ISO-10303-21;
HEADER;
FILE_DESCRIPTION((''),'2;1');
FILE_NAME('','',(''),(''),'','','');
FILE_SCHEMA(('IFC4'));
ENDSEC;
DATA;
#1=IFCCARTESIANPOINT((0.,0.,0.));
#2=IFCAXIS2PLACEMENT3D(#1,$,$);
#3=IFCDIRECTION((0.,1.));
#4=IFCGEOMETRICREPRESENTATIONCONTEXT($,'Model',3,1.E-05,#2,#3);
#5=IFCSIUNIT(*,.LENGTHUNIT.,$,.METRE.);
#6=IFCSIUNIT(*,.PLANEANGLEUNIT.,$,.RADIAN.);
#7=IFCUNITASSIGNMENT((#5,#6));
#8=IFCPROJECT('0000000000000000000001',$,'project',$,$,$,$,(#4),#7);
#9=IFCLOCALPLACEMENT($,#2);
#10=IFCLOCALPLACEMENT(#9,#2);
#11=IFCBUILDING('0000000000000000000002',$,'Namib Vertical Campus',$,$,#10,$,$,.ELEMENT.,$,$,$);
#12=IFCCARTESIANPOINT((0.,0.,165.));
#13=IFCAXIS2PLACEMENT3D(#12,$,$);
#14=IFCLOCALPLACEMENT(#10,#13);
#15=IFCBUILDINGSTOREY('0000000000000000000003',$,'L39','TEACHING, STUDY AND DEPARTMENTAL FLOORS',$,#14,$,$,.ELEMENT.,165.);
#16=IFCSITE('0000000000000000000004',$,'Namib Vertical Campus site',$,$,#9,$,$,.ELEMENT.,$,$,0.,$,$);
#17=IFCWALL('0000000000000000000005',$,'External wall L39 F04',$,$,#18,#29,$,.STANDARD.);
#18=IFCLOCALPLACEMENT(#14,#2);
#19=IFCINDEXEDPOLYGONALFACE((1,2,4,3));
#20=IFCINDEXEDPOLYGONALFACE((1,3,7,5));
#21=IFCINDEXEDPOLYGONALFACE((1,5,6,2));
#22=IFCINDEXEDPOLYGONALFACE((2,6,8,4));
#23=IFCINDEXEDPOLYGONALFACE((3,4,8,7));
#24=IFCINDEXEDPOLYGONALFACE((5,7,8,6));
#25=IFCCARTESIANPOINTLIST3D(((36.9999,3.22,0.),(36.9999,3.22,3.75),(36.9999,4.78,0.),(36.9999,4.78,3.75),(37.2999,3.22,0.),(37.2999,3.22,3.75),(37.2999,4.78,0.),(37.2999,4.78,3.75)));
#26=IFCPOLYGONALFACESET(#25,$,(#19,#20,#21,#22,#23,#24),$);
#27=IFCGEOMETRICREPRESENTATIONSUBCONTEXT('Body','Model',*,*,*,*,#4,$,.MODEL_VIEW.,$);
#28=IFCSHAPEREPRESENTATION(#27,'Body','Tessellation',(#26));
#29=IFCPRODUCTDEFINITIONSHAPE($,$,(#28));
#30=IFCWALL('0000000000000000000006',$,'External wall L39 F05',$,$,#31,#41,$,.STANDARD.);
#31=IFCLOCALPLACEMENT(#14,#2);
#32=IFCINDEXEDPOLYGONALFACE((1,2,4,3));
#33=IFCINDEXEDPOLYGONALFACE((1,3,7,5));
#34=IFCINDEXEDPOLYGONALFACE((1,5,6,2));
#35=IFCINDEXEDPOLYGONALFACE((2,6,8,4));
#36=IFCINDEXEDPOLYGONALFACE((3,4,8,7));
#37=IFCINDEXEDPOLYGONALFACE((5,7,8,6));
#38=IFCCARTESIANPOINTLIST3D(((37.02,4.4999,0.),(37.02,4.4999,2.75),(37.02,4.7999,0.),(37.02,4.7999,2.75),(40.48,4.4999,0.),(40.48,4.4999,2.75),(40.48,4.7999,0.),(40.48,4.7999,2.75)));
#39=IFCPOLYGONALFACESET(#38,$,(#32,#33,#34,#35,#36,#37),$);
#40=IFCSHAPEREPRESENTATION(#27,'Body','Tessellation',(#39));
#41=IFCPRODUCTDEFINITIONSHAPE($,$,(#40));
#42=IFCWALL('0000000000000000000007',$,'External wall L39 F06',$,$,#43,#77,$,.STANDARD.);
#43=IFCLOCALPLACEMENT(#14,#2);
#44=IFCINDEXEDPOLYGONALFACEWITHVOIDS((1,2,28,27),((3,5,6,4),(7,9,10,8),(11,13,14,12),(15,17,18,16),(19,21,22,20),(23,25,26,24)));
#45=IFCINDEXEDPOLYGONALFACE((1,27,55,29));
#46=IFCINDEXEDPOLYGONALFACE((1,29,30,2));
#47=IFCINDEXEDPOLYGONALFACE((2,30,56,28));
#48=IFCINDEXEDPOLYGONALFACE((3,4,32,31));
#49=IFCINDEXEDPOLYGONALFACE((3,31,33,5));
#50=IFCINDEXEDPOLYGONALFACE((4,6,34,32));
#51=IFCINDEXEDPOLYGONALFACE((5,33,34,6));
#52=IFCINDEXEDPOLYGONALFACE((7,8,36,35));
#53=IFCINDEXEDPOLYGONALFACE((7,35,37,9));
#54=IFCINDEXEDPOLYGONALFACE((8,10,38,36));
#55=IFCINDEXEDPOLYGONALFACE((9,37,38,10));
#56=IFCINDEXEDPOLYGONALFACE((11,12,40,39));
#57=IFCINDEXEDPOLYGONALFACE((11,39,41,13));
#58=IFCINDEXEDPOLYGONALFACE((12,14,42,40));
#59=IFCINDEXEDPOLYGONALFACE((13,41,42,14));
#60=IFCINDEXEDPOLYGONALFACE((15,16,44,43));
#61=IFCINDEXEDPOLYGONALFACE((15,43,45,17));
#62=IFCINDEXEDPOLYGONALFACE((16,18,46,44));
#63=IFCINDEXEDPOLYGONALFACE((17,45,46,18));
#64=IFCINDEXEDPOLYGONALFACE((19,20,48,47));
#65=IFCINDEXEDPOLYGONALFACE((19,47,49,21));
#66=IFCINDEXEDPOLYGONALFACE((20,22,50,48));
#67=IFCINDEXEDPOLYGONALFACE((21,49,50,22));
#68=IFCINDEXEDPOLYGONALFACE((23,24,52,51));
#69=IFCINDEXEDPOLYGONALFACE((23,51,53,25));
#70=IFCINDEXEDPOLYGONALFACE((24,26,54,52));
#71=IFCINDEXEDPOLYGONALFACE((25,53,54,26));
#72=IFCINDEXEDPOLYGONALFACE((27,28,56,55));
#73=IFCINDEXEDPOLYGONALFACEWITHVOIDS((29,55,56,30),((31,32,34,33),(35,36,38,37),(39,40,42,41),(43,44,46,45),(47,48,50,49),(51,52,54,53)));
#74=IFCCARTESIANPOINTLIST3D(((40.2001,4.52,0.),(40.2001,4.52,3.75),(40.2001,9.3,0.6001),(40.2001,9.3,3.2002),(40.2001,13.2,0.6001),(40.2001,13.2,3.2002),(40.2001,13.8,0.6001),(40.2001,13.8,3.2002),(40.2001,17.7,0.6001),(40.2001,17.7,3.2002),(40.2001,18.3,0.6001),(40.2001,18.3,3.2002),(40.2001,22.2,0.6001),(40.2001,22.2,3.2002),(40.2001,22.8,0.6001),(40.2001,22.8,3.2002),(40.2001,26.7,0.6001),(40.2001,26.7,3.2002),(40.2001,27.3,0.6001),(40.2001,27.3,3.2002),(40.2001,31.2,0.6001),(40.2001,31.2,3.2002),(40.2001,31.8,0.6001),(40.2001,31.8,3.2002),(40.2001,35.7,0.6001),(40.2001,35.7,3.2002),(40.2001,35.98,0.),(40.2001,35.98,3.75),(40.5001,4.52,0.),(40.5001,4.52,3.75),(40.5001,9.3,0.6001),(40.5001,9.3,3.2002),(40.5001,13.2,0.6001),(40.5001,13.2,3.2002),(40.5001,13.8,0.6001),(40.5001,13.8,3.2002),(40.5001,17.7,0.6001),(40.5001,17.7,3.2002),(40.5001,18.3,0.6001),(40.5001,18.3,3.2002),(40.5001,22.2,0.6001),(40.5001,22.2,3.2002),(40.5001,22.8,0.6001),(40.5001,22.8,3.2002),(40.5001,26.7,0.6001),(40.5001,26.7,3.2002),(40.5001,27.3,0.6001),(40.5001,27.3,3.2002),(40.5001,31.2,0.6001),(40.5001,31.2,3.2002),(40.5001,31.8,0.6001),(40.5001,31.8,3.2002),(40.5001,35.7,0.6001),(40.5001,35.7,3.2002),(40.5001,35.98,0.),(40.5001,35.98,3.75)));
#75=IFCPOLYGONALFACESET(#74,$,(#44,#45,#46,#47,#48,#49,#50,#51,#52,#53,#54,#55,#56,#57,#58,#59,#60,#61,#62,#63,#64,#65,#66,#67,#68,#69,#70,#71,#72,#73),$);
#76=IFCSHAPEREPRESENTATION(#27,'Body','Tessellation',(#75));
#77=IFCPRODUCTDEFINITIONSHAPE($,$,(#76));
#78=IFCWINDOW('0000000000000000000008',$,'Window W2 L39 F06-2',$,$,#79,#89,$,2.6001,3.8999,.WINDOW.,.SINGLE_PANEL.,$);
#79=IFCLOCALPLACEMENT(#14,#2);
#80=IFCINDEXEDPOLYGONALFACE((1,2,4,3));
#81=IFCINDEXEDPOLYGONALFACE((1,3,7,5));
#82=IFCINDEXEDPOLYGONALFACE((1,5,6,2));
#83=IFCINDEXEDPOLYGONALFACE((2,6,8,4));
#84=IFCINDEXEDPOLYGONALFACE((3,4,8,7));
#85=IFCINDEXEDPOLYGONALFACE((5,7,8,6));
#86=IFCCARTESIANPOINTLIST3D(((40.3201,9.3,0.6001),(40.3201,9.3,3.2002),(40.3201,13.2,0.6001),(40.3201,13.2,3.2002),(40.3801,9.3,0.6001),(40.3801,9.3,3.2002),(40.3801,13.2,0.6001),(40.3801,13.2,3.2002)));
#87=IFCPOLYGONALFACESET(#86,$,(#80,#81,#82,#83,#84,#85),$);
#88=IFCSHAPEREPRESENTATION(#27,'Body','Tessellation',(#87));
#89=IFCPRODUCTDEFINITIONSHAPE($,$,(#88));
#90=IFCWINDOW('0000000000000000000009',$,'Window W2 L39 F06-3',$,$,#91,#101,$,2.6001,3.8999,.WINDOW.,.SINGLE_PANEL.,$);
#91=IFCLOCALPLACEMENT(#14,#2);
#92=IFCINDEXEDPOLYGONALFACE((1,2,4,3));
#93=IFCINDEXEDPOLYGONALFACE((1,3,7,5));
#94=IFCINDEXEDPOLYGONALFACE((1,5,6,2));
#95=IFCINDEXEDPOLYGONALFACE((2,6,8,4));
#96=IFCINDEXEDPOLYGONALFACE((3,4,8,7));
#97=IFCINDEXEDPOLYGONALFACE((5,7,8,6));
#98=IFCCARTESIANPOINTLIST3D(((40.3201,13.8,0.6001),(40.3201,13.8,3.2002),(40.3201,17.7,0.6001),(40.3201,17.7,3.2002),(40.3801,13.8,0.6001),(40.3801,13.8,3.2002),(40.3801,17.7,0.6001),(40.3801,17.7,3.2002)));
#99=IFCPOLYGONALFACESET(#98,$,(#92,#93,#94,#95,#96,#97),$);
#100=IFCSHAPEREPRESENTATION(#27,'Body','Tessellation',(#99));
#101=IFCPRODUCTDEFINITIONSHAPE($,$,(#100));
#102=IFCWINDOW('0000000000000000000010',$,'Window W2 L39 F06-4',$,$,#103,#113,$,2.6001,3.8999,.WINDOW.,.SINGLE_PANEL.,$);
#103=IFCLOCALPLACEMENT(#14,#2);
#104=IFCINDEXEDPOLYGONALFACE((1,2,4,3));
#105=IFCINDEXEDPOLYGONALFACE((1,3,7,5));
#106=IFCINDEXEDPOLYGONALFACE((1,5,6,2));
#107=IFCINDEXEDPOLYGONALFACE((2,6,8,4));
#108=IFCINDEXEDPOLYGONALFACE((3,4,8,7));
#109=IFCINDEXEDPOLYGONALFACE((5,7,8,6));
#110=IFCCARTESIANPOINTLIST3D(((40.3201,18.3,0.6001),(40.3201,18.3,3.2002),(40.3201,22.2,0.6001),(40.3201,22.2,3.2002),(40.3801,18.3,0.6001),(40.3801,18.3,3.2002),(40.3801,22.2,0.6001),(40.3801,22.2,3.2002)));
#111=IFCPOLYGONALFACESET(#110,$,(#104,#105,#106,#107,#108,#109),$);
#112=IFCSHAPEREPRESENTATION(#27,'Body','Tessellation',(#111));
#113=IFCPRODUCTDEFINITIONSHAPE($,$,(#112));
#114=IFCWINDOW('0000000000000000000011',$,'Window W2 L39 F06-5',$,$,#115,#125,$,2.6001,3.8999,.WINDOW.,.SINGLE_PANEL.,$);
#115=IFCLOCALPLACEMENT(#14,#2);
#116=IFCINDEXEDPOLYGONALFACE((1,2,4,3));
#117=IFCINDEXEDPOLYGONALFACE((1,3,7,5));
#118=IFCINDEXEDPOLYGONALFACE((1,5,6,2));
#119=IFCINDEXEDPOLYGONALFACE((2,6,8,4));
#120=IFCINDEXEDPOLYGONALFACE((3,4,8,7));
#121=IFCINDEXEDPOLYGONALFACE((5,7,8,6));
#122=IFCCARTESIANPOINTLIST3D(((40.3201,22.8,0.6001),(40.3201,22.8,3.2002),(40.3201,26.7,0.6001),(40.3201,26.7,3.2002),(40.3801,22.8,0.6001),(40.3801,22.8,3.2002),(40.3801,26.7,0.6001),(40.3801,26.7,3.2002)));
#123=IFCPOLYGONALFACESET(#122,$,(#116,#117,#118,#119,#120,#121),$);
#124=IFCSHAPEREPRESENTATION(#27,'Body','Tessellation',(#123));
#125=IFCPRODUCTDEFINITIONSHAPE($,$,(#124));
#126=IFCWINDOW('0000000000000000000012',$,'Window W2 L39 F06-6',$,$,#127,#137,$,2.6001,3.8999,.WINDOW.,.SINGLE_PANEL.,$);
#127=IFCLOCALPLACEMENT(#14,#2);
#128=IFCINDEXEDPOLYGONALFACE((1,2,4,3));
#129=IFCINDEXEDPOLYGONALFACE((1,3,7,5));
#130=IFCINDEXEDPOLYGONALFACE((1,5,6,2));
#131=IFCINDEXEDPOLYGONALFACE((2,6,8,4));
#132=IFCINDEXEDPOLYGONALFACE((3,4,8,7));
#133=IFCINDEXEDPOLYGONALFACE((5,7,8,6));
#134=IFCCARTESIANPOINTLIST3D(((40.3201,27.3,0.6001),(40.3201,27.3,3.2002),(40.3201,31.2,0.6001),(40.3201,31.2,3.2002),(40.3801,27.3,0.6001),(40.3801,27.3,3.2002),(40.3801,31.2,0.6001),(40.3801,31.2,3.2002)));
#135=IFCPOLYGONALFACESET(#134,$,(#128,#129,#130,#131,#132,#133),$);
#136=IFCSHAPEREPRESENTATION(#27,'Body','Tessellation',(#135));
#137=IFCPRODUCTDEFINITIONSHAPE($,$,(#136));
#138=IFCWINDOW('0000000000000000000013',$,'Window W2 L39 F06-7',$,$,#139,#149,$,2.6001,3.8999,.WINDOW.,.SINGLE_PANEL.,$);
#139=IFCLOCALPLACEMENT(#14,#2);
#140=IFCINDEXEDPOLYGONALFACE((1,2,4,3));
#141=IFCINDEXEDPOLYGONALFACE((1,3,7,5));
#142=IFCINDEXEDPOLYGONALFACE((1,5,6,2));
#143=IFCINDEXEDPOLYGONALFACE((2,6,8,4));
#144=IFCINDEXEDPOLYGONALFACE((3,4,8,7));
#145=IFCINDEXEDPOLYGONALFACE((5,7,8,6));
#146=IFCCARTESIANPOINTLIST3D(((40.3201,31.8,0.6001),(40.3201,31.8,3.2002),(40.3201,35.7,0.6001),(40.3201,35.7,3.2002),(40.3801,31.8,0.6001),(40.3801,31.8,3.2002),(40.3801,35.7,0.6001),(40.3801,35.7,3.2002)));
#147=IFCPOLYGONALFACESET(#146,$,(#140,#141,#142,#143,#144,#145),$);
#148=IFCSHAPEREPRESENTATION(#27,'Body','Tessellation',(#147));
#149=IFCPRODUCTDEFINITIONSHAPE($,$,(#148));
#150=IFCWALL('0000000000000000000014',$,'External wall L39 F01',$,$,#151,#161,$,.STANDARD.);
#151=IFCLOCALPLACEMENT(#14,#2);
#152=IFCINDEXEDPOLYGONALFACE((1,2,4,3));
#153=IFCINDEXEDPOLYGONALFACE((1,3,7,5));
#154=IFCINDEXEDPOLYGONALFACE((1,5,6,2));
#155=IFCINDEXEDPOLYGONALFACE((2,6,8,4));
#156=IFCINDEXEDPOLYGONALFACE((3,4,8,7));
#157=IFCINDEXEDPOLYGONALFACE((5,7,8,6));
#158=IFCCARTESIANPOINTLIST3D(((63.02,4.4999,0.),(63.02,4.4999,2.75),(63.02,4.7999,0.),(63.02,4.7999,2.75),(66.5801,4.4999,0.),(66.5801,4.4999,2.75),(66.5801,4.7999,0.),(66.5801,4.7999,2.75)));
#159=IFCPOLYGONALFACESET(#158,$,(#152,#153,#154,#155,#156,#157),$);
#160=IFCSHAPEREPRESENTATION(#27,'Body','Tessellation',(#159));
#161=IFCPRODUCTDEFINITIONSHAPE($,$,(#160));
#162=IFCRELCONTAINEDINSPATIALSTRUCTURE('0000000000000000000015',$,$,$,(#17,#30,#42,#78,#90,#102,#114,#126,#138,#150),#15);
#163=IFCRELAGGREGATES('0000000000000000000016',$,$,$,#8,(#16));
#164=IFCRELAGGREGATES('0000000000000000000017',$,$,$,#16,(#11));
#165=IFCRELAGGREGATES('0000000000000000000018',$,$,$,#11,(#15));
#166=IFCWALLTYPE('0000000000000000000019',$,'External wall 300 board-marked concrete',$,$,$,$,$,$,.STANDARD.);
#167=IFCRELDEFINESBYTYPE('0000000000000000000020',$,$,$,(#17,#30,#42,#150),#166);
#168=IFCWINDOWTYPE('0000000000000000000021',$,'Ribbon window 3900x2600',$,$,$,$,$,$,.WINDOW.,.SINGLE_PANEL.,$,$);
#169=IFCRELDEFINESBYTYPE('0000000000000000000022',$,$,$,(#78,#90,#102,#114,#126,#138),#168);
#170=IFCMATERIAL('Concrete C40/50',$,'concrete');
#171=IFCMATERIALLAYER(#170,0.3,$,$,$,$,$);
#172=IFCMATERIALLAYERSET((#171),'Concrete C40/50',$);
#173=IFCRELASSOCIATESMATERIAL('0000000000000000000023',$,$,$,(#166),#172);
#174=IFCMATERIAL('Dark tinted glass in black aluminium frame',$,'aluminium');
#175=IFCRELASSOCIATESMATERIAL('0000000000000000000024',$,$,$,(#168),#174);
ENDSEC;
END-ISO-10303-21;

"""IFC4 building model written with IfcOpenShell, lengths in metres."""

from ifc_helpers import new_model, si_unit, direction, frame, frame_2d, origin, place, context, subcontext, project, spatial, rectangle, extrude, material, layer, layer_set, type_object, element, fill, save


model = new_model("IFC4")

# Units and contexts
model_context = context("Model", 3, precision=1e-05, world=origin(), true_north=direction((0.0, 1.0)))
body_context = subcontext(model_context, "Body", "Model", "MODEL_VIEW")
ifc_project = project(units=[si_unit("LENGTHUNIT", "METRE"), si_unit("PLANEANGLEUNIT", "RADIAN")], contexts=[model_context])

# Site, building, storey
site_placement = place(None, origin())
site = spatial("IfcSite", under=ifc_project, at=site_placement, Name="Namib Vertical Campus site", CompositionType="ELEMENT", RefElevation=0.0)
building_placement = place(site_placement, origin())
building = spatial("IfcBuilding", under=site, at=building_placement, Name="Namib Vertical Campus", CompositionType="ELEMENT")
storey_placement = place(building_placement, frame((0.0, 0.0, 165.0)))
storey = spatial("IfcBuildingStorey", under=building, at=storey_placement, Name="L39", Description="TEACHING, STUDY AND DEPARTMENTAL FLOORS", CompositionType="ELEMENT", Elevation=165.0)

# Walls
ifc_material_1 = material(Name="Concrete C40/50", Category="concrete")
ifc_layer_1 = layer(ifc_material_1, 0.3)
ifc_layer_set_1 = layer_set([ifc_layer_1], Name="Concrete C40/50")
wall_type_1 = type_object("IfcWallType", Name="External wall 300 board-marked concrete", PredefinedType="STANDARD", material=ifc_layer_set_1)
wall_1_placement = place(storey_placement, frame((37.1499, 3.22, 0.0), z_axis=(0.0, 0.0, 1.0), x_axis=(0.0, 1.0, 0.0)))
element("IfcWall", 1, at=wall_1_placement, inside=storey, type_object=wall_type_1, Name="External wall L39 F04", PredefinedType="STANDARD", context=body_context, shape_type="SweptSolid", body=[
    extrude(rectangle(XDim=1.5601, YDim=0.3, at=frame_2d((0.78, 0.0))), origin(), (0.0, 0.0, 1.0), 3.75),
])
wall_2_placement = place(storey_placement, frame((37.02, 4.6499, 0.0), z_axis=(0.0, 0.0, 1.0), x_axis=(1.0, 0.0, 0.0)))
element("IfcWall", 2, at=wall_2_placement, inside=storey, type_object=wall_type_1, Name="External wall L39 F05", PredefinedType="STANDARD", context=body_context, shape_type="SweptSolid", body=[
    extrude(rectangle(XDim=3.46, YDim=0.3, at=frame_2d((1.73, 0.0))), origin(), (0.0, 0.0, 1.0), 2.75),
])

# Wall, openings, windows
wall_3_placement = place(storey_placement, frame((40.3501, 4.52, 0.0), z_axis=(0.0, 0.0, 1.0), x_axis=(0.0, 1.0, 0.0)))
wall_3 = element("IfcWall", 3, at=wall_3_placement, inside=storey, type_object=wall_type_1, Name="External wall L39 F06", PredefinedType="STANDARD", context=body_context, shape_type="SweptSolid", body=[
    extrude(rectangle(XDim=31.46, YDim=0.3, at=frame_2d((15.73, 0.0))), origin(), (0.0, 0.0, 1.0), 3.75),
])
opening_1_placement = place(wall_3_placement, frame((4.78, 0.0, 0.6001)))
opening_1 = element("IfcOpeningElement", 4, at=opening_1_placement, cuts=wall_3, PredefinedType="OPENING", context=body_context, shape_type="SweptSolid", body=[
    extrude(rectangle(XDim=3.8999, YDim=2.6001, at=frame_2d((1.95, 1.3))), frame((0.0, 0.1599, 0.0), z_axis=(0.0, -1.0, 0.0), x_axis=(1.0, 0.0, 0.0)), (0.0, 0.0, 1.0), 0.3201),
])
opening_2_placement = place(wall_3_placement, frame((9.28, 0.0, 0.6001)))
opening_2 = element("IfcOpeningElement", 5, at=opening_2_placement, cuts=wall_3, PredefinedType="OPENING", context=body_context, shape_type="SweptSolid", body=[
    extrude(rectangle(XDim=3.8999, YDim=2.6001, at=frame_2d((1.95, 1.3))), frame((0.0, 0.1599, 0.0), z_axis=(0.0, -1.0, 0.0), x_axis=(1.0, 0.0, 0.0)), (0.0, 0.0, 1.0), 0.3201),
])
opening_3_placement = place(wall_3_placement, frame((13.78, 0.0, 0.6001)))
opening_3 = element("IfcOpeningElement", 6, at=opening_3_placement, cuts=wall_3, PredefinedType="OPENING", context=body_context, shape_type="SweptSolid", body=[
    extrude(rectangle(XDim=3.8999, YDim=2.6001, at=frame_2d((1.95, 1.3))), frame((0.0, 0.1599, 0.0), z_axis=(0.0, -1.0, 0.0), x_axis=(1.0, 0.0, 0.0)), (0.0, 0.0, 1.0), 0.3201),
])
opening_4_placement = place(wall_3_placement, frame((18.28, 0.0, 0.6001)))
opening_4 = element("IfcOpeningElement", 7, at=opening_4_placement, cuts=wall_3, PredefinedType="OPENING", context=body_context, shape_type="SweptSolid", body=[
    extrude(rectangle(XDim=3.8999, YDim=2.6001, at=frame_2d((1.95, 1.3))), frame((0.0, 0.1599, 0.0), z_axis=(0.0, -1.0, 0.0), x_axis=(1.0, 0.0, 0.0)), (0.0, 0.0, 1.0), 0.3201),
])
opening_5_placement = place(wall_3_placement, frame((22.78, 0.0, 0.6001)))
opening_5 = element("IfcOpeningElement", 8, at=opening_5_placement, cuts=wall_3, PredefinedType="OPENING", context=body_context, shape_type="SweptSolid", body=[
    extrude(rectangle(XDim=3.8999, YDim=2.6001, at=frame_2d((1.95, 1.3))), frame((0.0, 0.1599, 0.0), z_axis=(0.0, -1.0, 0.0), x_axis=(1.0, 0.0, 0.0)), (0.0, 0.0, 1.0), 0.3201),
])
opening_6_placement = place(wall_3_placement, frame((27.28, 0.0, 0.6001)))
opening_6 = element("IfcOpeningElement", 9, at=opening_6_placement, cuts=wall_3, PredefinedType="OPENING", context=body_context, shape_type="SweptSolid", body=[
    extrude(rectangle(XDim=3.8999, YDim=2.6001, at=frame_2d((1.95, 1.3))), frame((0.0, 0.1599, 0.0), z_axis=(0.0, -1.0, 0.0), x_axis=(1.0, 0.0, 0.0)), (0.0, 0.0, 1.0), 0.3201),
])
ifc_material_2 = material(Name="Dark tinted glass in black aluminium frame", Category="aluminium")
window_type = type_object("IfcWindowType", Name="Ribbon window 3900x2600", PartitioningType="SINGLE_PANEL", PredefinedType="WINDOW", material=ifc_material_2)
window_1_placement = place(opening_1_placement, origin())
window_1 = element("IfcWindow", 10, at=window_1_placement, inside=storey, type_object=window_type, Name="Window W2 L39 F06-2", OverallHeight=2.6001, OverallWidth=3.8999, PartitioningType="SINGLE_PANEL", PredefinedType="WINDOW", context=body_context, shape_type="SweptSolid", body=[
    extrude(rectangle(XDim=3.8999, YDim=2.6001, at=frame_2d((1.95, 1.3))), frame((0.0, 0.03, 0.0), z_axis=(0.0, -1.0, 0.0), x_axis=(1.0, 0.0, 0.0)), (0.0, 0.0, 1.0), 0.0601),
])
fill(opening_1, window_1)
window_2_placement = place(opening_2_placement, origin())
window_2 = element("IfcWindow", 11, at=window_2_placement, inside=storey, type_object=window_type, Name="Window W2 L39 F06-3", OverallHeight=2.6001, OverallWidth=3.8999, PartitioningType="SINGLE_PANEL", PredefinedType="WINDOW", context=body_context, shape_type="SweptSolid", body=[
    extrude(rectangle(XDim=3.8999, YDim=2.6001, at=frame_2d((1.95, 1.3))), frame((0.0, 0.03, 0.0), z_axis=(0.0, -1.0, 0.0), x_axis=(1.0, 0.0, 0.0)), (0.0, 0.0, 1.0), 0.0601),
])
fill(opening_2, window_2)
window_3_placement = place(opening_3_placement, origin())
window_3 = element("IfcWindow", 12, at=window_3_placement, inside=storey, type_object=window_type, Name="Window W2 L39 F06-4", OverallHeight=2.6001, OverallWidth=3.8999, PartitioningType="SINGLE_PANEL", PredefinedType="WINDOW", context=body_context, shape_type="SweptSolid", body=[
    extrude(rectangle(XDim=3.8999, YDim=2.6001, at=frame_2d((1.95, 1.3))), frame((0.0, 0.03, 0.0), z_axis=(0.0, -1.0, 0.0), x_axis=(1.0, 0.0, 0.0)), (0.0, 0.0, 1.0), 0.0601),
])
fill(opening_3, window_3)
window_4_placement = place(opening_4_placement, origin())
window_4 = element("IfcWindow", 13, at=window_4_placement, inside=storey, type_object=window_type, Name="Window W2 L39 F06-5", OverallHeight=2.6001, OverallWidth=3.8999, PartitioningType="SINGLE_PANEL", PredefinedType="WINDOW", context=body_context, shape_type="SweptSolid", body=[
    extrude(rectangle(XDim=3.8999, YDim=2.6001, at=frame_2d((1.95, 1.3))), frame((0.0, 0.03, 0.0), z_axis=(0.0, -1.0, 0.0), x_axis=(1.0, 0.0, 0.0)), (0.0, 0.0, 1.0), 0.0601),
])
fill(opening_4, window_4)
window_5_placement = place(opening_5_placement, origin())
window_5 = element("IfcWindow", 14, at=window_5_placement, inside=storey, type_object=window_type, Name="Window W2 L39 F06-6", OverallHeight=2.6001, OverallWidth=3.8999, PartitioningType="SINGLE_PANEL", PredefinedType="WINDOW", context=body_context, shape_type="SweptSolid", body=[
    extrude(rectangle(XDim=3.8999, YDim=2.6001, at=frame_2d((1.95, 1.3))), frame((0.0, 0.03, 0.0), z_axis=(0.0, -1.0, 0.0), x_axis=(1.0, 0.0, 0.0)), (0.0, 0.0, 1.0), 0.0601),
])
fill(opening_5, window_5)
window_6_placement = place(opening_6_placement, origin())
window_6 = element("IfcWindow", 15, at=window_6_placement, inside=storey, type_object=window_type, Name="Window W2 L39 F06-7", OverallHeight=2.6001, OverallWidth=3.8999, PartitioningType="SINGLE_PANEL", PredefinedType="WINDOW", context=body_context, shape_type="SweptSolid", body=[
    extrude(rectangle(XDim=3.8999, YDim=2.6001, at=frame_2d((1.95, 1.3))), frame((0.0, 0.03, 0.0), z_axis=(0.0, -1.0, 0.0), x_axis=(1.0, 0.0, 0.0)), (0.0, 0.0, 1.0), 0.0601),
])
fill(opening_6, window_6)

# Wall
wall_4_placement = place(storey_placement, frame((63.02, 4.6499, 0.0), z_axis=(0.0, 0.0, 1.0), x_axis=(1.0, 0.0, 0.0)))
element("IfcWall", 16, at=wall_4_placement, inside=storey, type_object=wall_type_1, Name="External wall L39 F01", PredefinedType="STANDARD", context=body_context, shape_type="SweptSolid", body=[
    extrude(rectangle(XDim=3.5601, YDim=0.3, at=frame_2d((1.78, 0.0))), origin(), (0.0, 0.0, 1.0), 2.75),
])

save(model, "model.ifc")
